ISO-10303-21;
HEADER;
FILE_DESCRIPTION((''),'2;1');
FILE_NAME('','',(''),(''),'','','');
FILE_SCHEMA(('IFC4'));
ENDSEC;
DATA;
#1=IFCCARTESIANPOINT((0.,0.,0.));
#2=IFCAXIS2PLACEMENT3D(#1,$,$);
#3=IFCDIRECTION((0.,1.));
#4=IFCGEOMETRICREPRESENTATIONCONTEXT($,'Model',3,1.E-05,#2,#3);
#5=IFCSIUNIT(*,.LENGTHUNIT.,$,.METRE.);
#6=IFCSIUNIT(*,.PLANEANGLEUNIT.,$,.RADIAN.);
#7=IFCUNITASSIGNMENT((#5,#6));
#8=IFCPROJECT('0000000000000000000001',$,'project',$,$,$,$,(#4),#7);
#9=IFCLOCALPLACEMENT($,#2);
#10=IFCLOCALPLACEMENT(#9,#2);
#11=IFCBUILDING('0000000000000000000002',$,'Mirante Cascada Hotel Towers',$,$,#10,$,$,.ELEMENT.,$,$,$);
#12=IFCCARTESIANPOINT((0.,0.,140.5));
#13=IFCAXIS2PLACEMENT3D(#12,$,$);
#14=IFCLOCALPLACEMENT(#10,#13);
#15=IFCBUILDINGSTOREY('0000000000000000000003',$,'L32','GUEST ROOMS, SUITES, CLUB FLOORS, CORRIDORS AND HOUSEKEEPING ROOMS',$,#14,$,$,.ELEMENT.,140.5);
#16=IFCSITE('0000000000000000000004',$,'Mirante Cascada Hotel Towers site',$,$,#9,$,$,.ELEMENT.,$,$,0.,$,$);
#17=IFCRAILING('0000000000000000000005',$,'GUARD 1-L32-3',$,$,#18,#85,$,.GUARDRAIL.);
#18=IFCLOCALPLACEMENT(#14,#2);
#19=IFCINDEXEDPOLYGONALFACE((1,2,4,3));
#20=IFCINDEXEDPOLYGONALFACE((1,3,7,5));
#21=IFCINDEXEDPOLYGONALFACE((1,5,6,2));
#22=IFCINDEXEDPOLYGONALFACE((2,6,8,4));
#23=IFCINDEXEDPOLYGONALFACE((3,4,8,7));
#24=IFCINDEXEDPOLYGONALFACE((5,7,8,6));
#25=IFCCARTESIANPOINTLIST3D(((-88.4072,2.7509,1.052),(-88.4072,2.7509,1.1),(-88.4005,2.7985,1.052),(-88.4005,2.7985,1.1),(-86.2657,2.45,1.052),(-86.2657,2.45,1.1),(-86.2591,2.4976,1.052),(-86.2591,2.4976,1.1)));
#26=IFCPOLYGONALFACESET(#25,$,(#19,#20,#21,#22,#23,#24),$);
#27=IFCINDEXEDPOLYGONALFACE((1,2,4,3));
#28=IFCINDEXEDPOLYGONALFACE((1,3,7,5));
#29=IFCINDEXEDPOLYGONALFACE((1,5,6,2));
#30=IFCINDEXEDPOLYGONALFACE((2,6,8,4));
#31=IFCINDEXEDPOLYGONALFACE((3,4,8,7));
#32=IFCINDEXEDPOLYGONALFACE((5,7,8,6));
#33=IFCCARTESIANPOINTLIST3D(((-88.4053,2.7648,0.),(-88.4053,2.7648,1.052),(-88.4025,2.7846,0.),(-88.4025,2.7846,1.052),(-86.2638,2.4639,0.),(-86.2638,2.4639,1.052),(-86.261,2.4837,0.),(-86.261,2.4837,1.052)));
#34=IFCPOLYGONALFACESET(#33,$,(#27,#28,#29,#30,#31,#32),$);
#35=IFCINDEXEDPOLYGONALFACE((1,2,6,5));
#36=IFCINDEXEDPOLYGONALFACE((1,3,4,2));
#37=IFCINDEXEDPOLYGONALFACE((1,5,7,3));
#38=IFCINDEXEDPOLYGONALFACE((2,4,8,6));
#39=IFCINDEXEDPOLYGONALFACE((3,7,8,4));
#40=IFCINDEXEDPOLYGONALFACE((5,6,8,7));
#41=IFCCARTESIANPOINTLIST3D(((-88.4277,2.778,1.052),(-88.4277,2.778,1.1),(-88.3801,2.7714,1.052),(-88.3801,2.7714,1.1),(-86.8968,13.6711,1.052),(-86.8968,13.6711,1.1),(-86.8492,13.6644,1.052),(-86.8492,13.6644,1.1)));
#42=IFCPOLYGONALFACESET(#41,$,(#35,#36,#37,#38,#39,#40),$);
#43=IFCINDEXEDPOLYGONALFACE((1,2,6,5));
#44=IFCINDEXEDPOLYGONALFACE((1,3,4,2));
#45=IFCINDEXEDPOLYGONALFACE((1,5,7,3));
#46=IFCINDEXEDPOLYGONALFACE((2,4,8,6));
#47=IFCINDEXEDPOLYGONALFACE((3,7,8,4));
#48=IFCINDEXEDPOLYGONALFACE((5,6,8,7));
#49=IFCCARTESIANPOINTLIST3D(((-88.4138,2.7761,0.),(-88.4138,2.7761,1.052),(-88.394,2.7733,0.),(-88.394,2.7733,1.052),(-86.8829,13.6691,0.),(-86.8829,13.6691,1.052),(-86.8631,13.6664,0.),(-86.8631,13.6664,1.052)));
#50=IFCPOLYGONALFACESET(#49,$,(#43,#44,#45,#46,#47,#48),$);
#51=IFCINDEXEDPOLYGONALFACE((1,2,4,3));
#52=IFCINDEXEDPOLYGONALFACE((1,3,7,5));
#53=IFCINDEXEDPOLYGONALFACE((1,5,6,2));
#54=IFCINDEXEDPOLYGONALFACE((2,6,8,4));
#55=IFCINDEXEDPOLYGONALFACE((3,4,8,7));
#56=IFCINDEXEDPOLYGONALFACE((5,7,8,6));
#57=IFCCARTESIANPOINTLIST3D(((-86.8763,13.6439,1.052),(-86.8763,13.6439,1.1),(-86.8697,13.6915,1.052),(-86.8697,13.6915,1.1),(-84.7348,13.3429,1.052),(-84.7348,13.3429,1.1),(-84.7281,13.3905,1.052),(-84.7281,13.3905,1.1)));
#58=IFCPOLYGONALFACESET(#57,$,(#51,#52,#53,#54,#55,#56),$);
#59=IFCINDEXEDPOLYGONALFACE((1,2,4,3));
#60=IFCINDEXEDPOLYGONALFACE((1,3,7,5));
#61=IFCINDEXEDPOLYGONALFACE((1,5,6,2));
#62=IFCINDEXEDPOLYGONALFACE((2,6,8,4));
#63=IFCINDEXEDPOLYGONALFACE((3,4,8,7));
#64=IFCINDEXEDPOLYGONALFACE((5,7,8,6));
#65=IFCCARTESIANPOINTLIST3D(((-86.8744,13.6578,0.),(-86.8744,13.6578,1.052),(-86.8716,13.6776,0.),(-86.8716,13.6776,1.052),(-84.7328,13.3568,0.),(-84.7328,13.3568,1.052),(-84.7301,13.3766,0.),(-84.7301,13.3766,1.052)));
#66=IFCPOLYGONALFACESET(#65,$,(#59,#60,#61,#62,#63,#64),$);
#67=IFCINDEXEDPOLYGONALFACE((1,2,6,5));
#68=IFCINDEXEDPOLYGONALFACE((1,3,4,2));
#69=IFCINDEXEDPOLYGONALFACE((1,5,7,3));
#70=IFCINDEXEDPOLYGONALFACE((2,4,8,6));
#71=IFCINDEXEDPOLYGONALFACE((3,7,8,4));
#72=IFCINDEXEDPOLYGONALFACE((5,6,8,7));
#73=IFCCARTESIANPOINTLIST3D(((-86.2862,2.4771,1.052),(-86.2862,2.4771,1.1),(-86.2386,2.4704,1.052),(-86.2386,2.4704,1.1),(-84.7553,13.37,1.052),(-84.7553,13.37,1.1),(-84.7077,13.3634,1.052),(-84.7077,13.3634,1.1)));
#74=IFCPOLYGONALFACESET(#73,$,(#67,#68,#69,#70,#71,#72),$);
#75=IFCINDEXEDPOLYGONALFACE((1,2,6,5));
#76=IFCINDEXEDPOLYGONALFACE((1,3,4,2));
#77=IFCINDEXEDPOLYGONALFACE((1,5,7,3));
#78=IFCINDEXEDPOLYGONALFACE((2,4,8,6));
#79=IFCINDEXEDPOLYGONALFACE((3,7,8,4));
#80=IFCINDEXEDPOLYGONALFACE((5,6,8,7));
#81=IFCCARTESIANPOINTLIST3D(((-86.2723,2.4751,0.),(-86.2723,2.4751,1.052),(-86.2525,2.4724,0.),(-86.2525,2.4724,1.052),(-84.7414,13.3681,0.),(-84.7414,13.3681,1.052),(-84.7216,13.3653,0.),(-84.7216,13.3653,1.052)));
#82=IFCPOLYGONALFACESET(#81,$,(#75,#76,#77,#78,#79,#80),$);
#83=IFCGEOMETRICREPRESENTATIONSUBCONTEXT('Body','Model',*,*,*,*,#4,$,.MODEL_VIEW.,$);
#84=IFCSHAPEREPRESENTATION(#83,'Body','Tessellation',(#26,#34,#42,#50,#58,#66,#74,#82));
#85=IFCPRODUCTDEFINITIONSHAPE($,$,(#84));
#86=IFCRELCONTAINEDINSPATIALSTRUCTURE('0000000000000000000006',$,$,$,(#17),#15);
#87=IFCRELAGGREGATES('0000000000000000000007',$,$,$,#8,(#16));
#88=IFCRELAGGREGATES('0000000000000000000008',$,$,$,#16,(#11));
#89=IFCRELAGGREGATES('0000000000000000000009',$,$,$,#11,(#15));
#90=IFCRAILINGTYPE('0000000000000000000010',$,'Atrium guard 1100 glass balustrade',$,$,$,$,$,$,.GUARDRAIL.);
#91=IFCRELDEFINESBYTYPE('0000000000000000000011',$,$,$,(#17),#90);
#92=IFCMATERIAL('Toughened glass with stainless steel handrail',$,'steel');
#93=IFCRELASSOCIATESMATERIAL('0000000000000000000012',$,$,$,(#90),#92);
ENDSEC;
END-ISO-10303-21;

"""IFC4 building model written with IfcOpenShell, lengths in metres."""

from ifc_helpers import new_model, si_unit, direction, frame, origin, origin_2d, place, context, subcontext, project, spatial, rectangle, extrude, material, type_object, element, save


model = new_model("IFC4")

# Units and contexts
model_context = context("Model", 3, precision=1e-05, world=origin(), true_north=direction((0.0, 1.0)))
body_context = subcontext(model_context, "Body", "Model", "MODEL_VIEW")
ifc_project = project(units=[si_unit("LENGTHUNIT", "METRE"), si_unit("PLANEANGLEUNIT", "RADIAN")], contexts=[model_context])

# Site, building, storey
site_placement = place(None, origin())
site = spatial("IfcSite", under=ifc_project, at=site_placement, Name="Mirante Cascada Hotel Towers site", CompositionType="ELEMENT", RefElevation=0.0)
building_placement = place(site_placement, origin())
building = spatial("IfcBuilding", under=site, at=building_placement, Name="Mirante Cascada Hotel Towers", CompositionType="ELEMENT")
storey_placement = place(building_placement, frame((0.0, 0.0, 140.5)))
storey = spatial("IfcBuildingStorey", under=building, at=storey_placement, Name="L32", Description="GUEST ROOMS, SUITES, CLUB FLOORS, CORRIDORS AND HOUSEKEEPING ROOMS", CompositionType="ELEMENT", Elevation=140.5)

# Railing
ifc_material_1 = material(Name="Toughened glass with stainless steel handrail", Category="steel")
railing_type = type_object("IfcRailingType", Name="Atrium guard 1100 glass balustrade", PredefinedType="GUARDRAIL", material=ifc_material_1)
railing_placement = place(storey_placement, frame((-86.2624, 2.4738, 0.0)))
element("IfcRailing", 1, at=railing_placement, inside=storey, type_object=railing_type, Name="GUARD 1-L32-3", PredefinedType="GUARDRAIL", context=body_context, shape_type="SweptSolid", body=[
    extrude(rectangle(XDim=0.048, YDim=0.048, at=origin_2d()), frame((0.0, 0.0, 1.076), z_axis=(-0.990272, 0.139142, 0.0), x_axis=(-0.139142, -0.990272, 0.0)), (0.0, 0.0, 1.0), 2.1625),
    extrude(rectangle(XDim=0.02, YDim=1.052, at=origin_2d()), frame((0.0, 0.0, 0.526), z_axis=(-0.990272, 0.139142, 0.0), x_axis=(-0.139142, -0.990272, 0.0)), (0.0, 0.0, 1.0), 2.1625),
    extrude(rectangle(XDim=0.048, YDim=0.048, at=origin_2d()), frame((-2.1415, 0.3009, 1.076), z_axis=(0.139172, 0.990268, 0.0), x_axis=(-0.990268, 0.139172, 0.0)), (0.0, 0.0, 1.0), 11.0001),
    extrude(rectangle(XDim=0.02, YDim=1.052, at=origin_2d()), frame((-2.1415, 0.3009, 0.526), z_axis=(0.139172, 0.990268, 0.0), x_axis=(-0.990268, 0.139172, 0.0)), (0.0, 0.0, 1.0), 11.0001),
    extrude(rectangle(XDim=0.048, YDim=0.048, at=origin_2d()), frame((-0.6106, 11.1939, 1.076), z_axis=(0.990266, -0.139187, 0.0), x_axis=(0.139187, 0.990266, 0.0)), (0.0, 0.0, 1.0), 2.1626),
    extrude(rectangle(XDim=0.02, YDim=1.052, at=origin_2d()), frame((-0.6106, 11.1939, 0.526), z_axis=(0.990266, -0.139187, 0.0), x_axis=(0.139187, 0.990266, 0.0)), (0.0, 0.0, 1.0), 2.1626),
    extrude(rectangle(XDim=0.048, YDim=0.048, at=origin_2d()), frame((1.5309, 10.8929, 1.076), z_axis=(-0.139173, -0.990268, 0.0), x_axis=(0.990268, -0.139173, 0.0)), (0.0, 0.0, 1.0), 11.0),
    extrude(rectangle(XDim=0.02, YDim=1.052, at=origin_2d()), frame((1.5309, 10.8929, 0.526), z_axis=(-0.139173, -0.990268, 0.0), x_axis=(0.990268, -0.139173, 0.0)), (0.0, 0.0, 1.0), 11.0),
])

save(model, "model.ifc")
